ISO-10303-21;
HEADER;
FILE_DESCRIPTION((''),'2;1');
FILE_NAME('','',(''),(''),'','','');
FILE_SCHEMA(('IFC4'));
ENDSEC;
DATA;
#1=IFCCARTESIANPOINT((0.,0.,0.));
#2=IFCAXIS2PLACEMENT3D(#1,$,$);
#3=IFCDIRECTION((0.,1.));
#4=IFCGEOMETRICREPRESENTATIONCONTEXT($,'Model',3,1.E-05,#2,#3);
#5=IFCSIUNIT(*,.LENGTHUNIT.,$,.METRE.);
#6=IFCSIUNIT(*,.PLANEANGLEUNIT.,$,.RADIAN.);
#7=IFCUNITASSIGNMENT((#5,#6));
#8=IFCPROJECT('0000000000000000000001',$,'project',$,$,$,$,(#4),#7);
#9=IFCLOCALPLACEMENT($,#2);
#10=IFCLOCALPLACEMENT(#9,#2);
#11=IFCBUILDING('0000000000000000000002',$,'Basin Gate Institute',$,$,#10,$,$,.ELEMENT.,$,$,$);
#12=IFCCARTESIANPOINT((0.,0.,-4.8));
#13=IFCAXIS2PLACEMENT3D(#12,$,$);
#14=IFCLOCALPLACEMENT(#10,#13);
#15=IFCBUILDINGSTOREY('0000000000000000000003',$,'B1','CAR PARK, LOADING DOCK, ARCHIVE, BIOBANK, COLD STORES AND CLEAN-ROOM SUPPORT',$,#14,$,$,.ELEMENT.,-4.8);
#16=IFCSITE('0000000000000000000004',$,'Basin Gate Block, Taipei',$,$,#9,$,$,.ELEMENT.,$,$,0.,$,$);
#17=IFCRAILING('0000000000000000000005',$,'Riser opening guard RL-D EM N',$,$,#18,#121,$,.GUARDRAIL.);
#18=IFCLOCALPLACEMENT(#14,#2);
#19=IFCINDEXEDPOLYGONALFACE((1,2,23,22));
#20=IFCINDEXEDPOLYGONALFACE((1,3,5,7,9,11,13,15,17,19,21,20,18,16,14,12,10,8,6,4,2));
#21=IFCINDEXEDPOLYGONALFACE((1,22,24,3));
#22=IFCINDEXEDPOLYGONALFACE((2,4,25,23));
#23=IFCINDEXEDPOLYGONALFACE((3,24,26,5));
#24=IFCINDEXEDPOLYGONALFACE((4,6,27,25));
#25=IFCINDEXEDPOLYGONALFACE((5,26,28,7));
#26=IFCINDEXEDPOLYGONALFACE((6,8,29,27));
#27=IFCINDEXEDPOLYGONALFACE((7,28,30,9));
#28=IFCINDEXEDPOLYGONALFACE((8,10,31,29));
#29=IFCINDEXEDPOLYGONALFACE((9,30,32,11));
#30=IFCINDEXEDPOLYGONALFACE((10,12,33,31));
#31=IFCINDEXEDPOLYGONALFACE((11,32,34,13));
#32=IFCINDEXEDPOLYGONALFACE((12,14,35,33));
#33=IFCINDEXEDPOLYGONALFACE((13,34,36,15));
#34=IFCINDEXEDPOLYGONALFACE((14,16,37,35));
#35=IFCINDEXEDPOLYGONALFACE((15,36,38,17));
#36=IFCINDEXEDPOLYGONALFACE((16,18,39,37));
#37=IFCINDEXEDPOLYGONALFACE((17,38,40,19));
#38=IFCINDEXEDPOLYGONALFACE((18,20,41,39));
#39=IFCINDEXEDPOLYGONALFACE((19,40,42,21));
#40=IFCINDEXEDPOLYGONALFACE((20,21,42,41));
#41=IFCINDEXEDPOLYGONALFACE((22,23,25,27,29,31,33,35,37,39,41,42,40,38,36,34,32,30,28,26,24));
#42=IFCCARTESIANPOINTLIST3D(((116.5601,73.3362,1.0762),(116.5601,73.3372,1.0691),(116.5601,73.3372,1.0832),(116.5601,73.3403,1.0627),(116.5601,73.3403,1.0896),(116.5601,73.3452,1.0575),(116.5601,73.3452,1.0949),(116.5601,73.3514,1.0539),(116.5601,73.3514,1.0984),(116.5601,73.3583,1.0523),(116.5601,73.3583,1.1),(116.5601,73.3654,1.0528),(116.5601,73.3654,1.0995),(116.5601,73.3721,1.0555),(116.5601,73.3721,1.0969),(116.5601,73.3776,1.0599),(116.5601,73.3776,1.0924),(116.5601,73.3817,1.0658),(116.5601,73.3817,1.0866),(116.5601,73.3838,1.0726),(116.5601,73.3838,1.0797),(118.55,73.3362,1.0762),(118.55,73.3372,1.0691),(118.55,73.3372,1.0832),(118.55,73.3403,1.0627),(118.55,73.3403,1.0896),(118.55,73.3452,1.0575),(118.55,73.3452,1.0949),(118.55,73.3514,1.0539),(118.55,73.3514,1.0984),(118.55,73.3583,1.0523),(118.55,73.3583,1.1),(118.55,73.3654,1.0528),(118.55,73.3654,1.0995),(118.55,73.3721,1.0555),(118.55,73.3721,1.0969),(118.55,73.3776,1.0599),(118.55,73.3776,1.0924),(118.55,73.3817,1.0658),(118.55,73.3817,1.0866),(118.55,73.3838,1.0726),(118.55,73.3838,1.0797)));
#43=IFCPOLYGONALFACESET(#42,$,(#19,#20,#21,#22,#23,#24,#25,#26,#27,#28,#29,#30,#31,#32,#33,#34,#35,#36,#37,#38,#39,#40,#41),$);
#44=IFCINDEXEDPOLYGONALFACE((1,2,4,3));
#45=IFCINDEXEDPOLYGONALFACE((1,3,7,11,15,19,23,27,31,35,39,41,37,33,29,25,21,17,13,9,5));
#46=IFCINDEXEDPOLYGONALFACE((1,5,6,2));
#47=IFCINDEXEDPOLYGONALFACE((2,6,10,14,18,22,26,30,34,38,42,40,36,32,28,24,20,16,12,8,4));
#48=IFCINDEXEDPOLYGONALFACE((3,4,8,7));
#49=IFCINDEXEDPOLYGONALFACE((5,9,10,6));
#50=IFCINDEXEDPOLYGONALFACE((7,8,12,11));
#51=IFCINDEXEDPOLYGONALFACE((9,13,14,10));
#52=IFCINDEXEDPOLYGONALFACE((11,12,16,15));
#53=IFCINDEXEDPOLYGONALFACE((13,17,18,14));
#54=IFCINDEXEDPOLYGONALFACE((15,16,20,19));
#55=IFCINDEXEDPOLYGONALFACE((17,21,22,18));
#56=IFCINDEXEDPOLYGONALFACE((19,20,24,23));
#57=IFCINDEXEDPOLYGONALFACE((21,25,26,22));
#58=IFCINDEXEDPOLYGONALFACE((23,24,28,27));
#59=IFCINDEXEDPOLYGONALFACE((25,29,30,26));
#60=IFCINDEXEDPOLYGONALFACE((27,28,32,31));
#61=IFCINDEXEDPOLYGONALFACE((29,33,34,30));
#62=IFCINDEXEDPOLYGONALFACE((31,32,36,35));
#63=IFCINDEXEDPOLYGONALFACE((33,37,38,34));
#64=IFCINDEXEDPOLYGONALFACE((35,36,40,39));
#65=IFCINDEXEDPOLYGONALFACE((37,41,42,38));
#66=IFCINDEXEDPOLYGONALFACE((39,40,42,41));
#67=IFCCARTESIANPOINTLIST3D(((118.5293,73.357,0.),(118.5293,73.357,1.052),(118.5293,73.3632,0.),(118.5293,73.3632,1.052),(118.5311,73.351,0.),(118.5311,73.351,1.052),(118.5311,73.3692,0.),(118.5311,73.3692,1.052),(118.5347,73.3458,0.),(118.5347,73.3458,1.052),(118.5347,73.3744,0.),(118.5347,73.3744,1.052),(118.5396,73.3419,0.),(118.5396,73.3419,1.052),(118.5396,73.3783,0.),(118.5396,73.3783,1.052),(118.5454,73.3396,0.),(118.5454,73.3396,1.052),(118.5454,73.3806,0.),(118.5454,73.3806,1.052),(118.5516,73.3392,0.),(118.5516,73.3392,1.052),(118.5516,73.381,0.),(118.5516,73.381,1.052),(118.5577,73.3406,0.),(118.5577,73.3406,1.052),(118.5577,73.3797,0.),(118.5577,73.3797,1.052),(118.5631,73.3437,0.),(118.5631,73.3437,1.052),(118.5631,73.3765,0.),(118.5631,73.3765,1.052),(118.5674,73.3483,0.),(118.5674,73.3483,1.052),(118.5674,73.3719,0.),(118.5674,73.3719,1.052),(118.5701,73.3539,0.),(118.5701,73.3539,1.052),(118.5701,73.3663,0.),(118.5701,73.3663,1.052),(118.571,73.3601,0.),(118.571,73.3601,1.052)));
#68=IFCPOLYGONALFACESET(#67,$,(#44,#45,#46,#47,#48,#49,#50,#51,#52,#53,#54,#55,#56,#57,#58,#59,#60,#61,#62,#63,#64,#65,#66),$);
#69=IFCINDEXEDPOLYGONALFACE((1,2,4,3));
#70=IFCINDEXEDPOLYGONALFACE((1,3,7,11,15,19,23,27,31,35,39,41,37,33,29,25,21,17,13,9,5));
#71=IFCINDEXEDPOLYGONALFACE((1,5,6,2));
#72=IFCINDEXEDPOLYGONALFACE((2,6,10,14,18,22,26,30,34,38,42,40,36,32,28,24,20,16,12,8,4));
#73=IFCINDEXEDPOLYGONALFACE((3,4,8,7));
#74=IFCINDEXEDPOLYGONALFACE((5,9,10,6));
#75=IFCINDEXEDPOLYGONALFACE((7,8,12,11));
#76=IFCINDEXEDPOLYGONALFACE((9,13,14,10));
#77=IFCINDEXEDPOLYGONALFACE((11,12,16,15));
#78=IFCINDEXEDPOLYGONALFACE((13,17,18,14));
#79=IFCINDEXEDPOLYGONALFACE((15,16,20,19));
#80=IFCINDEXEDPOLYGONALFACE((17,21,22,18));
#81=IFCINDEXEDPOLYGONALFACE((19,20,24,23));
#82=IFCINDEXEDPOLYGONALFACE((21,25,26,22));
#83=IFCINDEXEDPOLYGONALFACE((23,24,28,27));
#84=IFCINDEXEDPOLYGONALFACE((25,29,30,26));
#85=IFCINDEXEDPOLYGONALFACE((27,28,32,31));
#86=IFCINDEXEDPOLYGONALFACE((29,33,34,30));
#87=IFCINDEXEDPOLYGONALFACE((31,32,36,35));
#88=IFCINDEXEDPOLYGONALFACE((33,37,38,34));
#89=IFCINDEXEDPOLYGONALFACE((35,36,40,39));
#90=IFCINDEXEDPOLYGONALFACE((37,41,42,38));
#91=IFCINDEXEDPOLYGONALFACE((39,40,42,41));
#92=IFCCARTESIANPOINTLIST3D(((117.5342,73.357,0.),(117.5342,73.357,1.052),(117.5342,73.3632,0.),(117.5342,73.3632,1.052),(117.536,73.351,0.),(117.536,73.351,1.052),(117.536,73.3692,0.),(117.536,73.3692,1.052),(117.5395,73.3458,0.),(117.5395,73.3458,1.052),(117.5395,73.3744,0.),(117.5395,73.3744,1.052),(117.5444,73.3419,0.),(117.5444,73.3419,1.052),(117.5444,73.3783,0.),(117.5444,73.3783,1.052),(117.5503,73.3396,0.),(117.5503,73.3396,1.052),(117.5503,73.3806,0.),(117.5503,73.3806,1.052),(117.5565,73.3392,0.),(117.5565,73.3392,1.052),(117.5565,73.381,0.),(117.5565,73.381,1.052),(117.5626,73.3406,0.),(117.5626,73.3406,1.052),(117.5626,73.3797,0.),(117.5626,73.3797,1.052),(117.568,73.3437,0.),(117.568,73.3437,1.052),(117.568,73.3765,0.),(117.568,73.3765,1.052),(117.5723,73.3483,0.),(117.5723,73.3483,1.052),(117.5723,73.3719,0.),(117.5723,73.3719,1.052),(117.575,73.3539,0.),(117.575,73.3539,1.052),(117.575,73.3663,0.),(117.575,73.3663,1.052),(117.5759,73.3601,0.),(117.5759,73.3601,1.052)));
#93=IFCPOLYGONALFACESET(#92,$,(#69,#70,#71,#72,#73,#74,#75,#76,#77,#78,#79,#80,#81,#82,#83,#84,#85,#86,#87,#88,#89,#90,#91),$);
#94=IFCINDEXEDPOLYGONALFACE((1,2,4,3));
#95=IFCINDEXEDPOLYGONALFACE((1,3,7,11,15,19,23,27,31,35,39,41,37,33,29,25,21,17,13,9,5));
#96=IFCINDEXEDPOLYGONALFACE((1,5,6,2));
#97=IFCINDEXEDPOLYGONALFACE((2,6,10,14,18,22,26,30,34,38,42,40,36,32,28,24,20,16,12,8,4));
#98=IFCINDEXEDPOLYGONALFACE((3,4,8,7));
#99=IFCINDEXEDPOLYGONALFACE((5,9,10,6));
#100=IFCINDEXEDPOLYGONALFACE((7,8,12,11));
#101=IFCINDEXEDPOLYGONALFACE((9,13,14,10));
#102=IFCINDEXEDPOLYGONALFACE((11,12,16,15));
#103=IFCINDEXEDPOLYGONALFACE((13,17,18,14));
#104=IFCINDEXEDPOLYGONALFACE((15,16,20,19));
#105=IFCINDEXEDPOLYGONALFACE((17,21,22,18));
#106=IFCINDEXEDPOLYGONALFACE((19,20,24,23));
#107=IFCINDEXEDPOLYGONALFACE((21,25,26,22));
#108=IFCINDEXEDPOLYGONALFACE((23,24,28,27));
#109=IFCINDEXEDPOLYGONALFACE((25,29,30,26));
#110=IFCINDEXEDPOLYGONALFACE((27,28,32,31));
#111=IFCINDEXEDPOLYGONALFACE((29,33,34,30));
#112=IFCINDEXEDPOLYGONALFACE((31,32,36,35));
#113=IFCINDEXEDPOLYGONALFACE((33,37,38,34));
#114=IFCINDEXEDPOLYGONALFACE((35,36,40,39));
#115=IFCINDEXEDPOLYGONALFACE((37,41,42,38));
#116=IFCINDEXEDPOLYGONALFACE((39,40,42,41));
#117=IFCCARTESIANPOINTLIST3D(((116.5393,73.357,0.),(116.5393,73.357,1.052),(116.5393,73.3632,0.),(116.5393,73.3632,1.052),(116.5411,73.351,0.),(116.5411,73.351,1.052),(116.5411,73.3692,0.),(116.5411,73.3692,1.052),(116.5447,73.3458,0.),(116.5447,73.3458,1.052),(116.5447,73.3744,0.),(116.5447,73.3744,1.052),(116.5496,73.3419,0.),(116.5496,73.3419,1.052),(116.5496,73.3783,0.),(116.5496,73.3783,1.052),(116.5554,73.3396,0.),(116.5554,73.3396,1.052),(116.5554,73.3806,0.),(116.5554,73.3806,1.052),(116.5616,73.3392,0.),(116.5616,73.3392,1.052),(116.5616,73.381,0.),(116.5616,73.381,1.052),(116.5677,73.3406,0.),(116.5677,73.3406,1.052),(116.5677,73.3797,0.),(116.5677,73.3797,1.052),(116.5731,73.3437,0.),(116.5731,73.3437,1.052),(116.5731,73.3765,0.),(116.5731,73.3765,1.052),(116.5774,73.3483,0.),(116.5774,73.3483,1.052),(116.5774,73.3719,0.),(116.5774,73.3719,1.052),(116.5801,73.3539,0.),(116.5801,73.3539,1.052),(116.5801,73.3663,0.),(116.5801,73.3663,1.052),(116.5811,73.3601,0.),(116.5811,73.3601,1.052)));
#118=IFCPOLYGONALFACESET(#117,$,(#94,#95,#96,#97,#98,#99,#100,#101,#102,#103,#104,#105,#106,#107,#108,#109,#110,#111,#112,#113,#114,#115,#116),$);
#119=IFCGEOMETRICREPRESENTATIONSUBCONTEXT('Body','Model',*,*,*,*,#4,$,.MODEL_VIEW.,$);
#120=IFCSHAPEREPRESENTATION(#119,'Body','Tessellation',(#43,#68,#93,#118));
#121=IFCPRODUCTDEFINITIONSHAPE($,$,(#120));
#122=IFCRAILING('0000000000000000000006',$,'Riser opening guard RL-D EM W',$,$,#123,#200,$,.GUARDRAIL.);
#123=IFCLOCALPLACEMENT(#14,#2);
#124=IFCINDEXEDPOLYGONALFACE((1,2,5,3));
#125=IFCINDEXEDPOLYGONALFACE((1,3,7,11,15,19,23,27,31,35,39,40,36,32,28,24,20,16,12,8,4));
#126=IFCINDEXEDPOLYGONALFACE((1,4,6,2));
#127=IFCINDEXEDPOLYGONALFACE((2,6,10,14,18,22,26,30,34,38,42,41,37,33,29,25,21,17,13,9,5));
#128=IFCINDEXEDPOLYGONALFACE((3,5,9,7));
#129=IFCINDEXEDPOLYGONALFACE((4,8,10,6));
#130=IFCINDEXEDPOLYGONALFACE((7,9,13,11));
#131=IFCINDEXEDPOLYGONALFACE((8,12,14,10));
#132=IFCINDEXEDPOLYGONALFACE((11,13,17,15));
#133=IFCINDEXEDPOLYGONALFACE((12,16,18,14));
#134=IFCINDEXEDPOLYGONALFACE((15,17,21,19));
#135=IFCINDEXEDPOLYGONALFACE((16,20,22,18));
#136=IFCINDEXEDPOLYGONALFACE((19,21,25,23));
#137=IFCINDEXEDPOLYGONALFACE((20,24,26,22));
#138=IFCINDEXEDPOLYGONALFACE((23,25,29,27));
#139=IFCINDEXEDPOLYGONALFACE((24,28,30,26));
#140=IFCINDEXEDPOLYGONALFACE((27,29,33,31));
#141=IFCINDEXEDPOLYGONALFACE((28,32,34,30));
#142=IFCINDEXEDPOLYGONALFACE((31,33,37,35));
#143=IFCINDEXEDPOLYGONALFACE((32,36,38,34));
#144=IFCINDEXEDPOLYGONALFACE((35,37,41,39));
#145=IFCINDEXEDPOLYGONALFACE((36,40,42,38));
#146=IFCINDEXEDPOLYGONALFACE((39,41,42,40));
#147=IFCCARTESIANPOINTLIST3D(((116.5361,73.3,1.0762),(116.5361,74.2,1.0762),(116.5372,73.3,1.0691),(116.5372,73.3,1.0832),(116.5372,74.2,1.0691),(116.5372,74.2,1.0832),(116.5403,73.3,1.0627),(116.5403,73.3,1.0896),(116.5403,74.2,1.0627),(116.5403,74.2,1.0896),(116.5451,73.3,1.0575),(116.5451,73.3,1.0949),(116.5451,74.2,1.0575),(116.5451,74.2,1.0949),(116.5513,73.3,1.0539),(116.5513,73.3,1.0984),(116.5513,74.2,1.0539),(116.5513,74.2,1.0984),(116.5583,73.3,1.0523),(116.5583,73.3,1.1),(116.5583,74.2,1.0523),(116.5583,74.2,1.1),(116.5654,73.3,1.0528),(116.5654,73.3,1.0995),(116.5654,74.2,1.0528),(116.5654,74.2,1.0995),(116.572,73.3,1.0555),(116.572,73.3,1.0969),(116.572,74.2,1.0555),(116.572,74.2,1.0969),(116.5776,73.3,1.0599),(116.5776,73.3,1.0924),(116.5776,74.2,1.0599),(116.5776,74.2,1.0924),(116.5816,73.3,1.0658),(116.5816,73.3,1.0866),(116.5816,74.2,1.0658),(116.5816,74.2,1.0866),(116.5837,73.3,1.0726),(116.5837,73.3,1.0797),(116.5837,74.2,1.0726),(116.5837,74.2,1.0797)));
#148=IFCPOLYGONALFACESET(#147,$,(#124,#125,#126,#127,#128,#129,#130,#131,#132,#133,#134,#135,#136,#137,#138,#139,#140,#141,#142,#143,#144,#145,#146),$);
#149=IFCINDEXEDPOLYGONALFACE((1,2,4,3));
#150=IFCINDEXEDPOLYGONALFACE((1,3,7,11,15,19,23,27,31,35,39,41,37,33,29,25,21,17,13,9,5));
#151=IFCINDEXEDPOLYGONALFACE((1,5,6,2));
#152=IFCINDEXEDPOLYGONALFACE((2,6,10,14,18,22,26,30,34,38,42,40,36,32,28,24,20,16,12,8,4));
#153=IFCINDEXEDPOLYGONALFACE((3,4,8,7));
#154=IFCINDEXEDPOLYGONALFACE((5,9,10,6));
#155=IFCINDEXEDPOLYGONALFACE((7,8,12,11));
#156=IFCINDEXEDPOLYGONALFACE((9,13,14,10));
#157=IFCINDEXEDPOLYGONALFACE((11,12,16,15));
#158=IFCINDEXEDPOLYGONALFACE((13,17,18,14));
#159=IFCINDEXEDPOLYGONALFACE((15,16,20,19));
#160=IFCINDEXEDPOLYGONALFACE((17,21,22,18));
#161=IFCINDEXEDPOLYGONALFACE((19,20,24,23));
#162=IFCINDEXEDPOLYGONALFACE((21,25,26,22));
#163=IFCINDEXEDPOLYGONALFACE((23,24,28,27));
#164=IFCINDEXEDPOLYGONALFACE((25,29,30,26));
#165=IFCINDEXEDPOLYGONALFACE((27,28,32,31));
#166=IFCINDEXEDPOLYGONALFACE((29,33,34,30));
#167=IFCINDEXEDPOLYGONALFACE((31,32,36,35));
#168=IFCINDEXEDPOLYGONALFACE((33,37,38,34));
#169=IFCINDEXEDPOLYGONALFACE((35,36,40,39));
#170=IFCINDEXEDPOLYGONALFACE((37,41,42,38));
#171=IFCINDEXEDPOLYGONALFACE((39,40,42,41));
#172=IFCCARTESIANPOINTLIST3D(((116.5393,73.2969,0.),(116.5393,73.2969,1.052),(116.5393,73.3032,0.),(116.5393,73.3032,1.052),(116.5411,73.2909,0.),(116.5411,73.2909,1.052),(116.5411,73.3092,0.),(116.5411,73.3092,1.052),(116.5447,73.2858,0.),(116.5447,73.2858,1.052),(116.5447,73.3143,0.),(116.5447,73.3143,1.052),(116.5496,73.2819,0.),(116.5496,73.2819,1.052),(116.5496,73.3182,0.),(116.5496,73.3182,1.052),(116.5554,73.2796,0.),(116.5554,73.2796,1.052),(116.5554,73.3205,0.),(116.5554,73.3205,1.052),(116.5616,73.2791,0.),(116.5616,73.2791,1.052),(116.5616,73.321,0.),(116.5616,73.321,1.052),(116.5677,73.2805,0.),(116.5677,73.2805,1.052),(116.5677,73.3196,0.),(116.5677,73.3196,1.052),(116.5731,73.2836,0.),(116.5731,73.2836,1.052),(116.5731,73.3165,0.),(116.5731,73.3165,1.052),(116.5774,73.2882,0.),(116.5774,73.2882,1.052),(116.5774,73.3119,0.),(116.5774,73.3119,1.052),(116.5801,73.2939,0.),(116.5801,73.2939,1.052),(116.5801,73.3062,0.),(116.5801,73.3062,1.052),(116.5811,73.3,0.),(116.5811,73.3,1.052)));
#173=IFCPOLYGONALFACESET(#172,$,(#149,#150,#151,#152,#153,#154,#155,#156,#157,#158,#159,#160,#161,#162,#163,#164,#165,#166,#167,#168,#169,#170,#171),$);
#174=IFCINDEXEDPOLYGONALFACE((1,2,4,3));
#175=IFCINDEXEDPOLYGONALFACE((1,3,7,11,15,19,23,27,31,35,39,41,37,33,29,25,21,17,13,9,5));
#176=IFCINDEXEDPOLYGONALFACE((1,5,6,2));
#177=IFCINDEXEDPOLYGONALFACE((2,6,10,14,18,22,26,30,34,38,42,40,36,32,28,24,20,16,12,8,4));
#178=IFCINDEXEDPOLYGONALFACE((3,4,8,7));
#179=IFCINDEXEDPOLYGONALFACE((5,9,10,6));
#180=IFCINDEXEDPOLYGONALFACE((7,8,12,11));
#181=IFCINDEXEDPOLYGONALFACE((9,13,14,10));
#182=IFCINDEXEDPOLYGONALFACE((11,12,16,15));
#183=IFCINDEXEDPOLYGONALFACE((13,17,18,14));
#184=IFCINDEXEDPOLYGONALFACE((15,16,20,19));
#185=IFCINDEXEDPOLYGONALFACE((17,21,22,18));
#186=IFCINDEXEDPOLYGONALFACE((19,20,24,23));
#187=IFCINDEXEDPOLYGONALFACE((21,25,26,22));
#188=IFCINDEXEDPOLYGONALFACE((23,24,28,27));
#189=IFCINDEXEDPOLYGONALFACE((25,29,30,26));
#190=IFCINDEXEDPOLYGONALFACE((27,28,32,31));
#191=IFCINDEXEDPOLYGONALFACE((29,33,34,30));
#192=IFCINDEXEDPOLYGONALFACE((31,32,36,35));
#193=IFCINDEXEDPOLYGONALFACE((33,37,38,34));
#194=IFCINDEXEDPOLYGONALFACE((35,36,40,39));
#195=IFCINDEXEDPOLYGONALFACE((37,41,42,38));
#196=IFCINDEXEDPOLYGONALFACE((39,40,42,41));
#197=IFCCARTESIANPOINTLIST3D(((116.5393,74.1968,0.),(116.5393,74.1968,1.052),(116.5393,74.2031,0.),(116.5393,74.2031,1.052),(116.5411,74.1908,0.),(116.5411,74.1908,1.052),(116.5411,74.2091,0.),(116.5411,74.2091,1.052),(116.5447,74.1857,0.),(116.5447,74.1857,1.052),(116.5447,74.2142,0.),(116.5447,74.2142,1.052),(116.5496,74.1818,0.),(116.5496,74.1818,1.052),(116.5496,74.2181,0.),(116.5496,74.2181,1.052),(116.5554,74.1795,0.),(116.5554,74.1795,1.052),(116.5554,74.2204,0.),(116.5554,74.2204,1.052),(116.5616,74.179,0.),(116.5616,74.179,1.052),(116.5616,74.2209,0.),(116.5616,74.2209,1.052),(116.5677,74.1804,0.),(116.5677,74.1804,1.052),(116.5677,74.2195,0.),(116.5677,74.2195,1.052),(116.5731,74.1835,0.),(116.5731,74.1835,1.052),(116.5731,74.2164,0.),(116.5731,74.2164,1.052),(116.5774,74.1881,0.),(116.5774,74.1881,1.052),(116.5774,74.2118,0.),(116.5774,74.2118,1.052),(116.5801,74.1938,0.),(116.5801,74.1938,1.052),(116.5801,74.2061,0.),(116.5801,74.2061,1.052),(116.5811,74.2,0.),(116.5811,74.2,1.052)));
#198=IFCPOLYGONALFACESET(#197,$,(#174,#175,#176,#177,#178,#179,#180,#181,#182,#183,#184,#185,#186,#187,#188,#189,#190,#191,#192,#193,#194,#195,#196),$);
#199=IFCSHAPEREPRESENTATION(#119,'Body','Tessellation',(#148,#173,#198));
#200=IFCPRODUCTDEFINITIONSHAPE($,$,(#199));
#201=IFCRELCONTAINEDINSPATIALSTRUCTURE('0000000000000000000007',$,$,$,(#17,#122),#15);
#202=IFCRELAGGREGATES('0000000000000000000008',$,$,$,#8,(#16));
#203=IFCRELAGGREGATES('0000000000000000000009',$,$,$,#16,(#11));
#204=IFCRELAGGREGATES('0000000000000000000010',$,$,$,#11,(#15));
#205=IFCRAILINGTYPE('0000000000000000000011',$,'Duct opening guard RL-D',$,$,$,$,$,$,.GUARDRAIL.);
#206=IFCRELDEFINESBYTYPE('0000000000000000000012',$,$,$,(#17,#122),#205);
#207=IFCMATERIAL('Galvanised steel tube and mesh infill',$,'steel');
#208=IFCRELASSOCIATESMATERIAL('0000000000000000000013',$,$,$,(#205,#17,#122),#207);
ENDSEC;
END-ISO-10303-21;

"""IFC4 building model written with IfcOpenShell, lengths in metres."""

from ifc_helpers import new_model, si_unit, direction, frame, origin, origin_2d, place, context, subcontext, project, spatial, circle, extrude, material, type_object, element, save


model = new_model("IFC4")

# Units and contexts
model_context = context("Model", 3, precision=1e-05, world=origin(), true_north=direction((0.0, 1.0)))
body_context = subcontext(model_context, "Body", "Model", "MODEL_VIEW")
ifc_project = project(units=[si_unit("LENGTHUNIT", "METRE"), si_unit("PLANEANGLEUNIT", "RADIAN")], contexts=[model_context])

# Site, building, storey
site_placement = place(None, origin())
site = spatial("IfcSite", under=ifc_project, at=site_placement, Name="Basin Gate Block, Taipei", CompositionType="ELEMENT", RefElevation=0.0)
building_placement = place(site_placement, origin())
building = spatial("IfcBuilding", under=site, at=building_placement, Name="Basin Gate Institute", CompositionType="ELEMENT")
storey_placement = place(building_placement, frame((0.0, 0.0, -4.8)))
storey = spatial("IfcBuildingStorey", under=building, at=storey_placement, Name="B1", Description="CAR PARK, LOADING DOCK, ARCHIVE, BIOBANK, COLD STORES AND CLEAN-ROOM SUPPORT", CompositionType="ELEMENT", Elevation=-4.8)

# Railings
ifc_material_1 = material(Name="Galvanised steel tube and mesh infill", Category="steel")
railing_type = type_object("IfcRailingType", Name="Duct opening guard RL-D", PredefinedType="GUARDRAIL", material=ifc_material_1)
railing_1_placement = place(storey_placement, frame((118.55, 73.3601, 0.0)))
element("IfcRailing", 1, at=railing_1_placement, inside=storey, type_object=railing_type, material=ifc_material_1, Name="Riser opening guard RL-D EM N", PredefinedType="GUARDRAIL", context=body_context, shape_type="SweptSolid", body=[
    extrude(circle(Radius=0.0239, at=origin_2d()), frame((0.0, 0.0, 1.0762), z_axis=(-1.0, 0.0, 0.0), x_axis=(0.0, -1.0, 0.0)), (0.0, 0.0, 1.0), 1.99),
    extrude(circle(Radius=0.021, at=origin_2d()), origin(), (0.0, 0.0, 1.0), 1.052),
    extrude(circle(Radius=0.021, at=origin_2d()), frame((-0.9951, 0.0, 0.0)), (0.0, 0.0, 1.0), 1.052),
    extrude(circle(Radius=0.021, at=origin_2d()), frame((-1.99, 0.0, 0.0)), (0.0, 0.0, 1.0), 1.052),
])
railing_2_placement = place(storey_placement, frame((116.5601, 73.3, 0.0)))
element("IfcRailing", 2, at=railing_2_placement, inside=storey, type_object=railing_type, material=ifc_material_1, Name="Riser opening guard RL-D EM W", PredefinedType="GUARDRAIL", context=body_context, shape_type="SweptSolid", body=[
    extrude(circle(Radius=0.0239, at=origin_2d()), frame((0.0, 0.0, 1.0762), z_axis=(0.0, 1.0, 0.0), x_axis=(-1.0, 0.0, 0.0)), (0.0, 0.0, 1.0), 0.8999),
    extrude(circle(Radius=0.021, at=origin_2d()), origin(), (0.0, 0.0, 1.0), 1.052),
    extrude(circle(Radius=0.021, at=origin_2d()), frame((0.0, 0.8999, 0.0)), (0.0, 0.0, 1.0), 1.052),
])

save(model, "model.ifc")
